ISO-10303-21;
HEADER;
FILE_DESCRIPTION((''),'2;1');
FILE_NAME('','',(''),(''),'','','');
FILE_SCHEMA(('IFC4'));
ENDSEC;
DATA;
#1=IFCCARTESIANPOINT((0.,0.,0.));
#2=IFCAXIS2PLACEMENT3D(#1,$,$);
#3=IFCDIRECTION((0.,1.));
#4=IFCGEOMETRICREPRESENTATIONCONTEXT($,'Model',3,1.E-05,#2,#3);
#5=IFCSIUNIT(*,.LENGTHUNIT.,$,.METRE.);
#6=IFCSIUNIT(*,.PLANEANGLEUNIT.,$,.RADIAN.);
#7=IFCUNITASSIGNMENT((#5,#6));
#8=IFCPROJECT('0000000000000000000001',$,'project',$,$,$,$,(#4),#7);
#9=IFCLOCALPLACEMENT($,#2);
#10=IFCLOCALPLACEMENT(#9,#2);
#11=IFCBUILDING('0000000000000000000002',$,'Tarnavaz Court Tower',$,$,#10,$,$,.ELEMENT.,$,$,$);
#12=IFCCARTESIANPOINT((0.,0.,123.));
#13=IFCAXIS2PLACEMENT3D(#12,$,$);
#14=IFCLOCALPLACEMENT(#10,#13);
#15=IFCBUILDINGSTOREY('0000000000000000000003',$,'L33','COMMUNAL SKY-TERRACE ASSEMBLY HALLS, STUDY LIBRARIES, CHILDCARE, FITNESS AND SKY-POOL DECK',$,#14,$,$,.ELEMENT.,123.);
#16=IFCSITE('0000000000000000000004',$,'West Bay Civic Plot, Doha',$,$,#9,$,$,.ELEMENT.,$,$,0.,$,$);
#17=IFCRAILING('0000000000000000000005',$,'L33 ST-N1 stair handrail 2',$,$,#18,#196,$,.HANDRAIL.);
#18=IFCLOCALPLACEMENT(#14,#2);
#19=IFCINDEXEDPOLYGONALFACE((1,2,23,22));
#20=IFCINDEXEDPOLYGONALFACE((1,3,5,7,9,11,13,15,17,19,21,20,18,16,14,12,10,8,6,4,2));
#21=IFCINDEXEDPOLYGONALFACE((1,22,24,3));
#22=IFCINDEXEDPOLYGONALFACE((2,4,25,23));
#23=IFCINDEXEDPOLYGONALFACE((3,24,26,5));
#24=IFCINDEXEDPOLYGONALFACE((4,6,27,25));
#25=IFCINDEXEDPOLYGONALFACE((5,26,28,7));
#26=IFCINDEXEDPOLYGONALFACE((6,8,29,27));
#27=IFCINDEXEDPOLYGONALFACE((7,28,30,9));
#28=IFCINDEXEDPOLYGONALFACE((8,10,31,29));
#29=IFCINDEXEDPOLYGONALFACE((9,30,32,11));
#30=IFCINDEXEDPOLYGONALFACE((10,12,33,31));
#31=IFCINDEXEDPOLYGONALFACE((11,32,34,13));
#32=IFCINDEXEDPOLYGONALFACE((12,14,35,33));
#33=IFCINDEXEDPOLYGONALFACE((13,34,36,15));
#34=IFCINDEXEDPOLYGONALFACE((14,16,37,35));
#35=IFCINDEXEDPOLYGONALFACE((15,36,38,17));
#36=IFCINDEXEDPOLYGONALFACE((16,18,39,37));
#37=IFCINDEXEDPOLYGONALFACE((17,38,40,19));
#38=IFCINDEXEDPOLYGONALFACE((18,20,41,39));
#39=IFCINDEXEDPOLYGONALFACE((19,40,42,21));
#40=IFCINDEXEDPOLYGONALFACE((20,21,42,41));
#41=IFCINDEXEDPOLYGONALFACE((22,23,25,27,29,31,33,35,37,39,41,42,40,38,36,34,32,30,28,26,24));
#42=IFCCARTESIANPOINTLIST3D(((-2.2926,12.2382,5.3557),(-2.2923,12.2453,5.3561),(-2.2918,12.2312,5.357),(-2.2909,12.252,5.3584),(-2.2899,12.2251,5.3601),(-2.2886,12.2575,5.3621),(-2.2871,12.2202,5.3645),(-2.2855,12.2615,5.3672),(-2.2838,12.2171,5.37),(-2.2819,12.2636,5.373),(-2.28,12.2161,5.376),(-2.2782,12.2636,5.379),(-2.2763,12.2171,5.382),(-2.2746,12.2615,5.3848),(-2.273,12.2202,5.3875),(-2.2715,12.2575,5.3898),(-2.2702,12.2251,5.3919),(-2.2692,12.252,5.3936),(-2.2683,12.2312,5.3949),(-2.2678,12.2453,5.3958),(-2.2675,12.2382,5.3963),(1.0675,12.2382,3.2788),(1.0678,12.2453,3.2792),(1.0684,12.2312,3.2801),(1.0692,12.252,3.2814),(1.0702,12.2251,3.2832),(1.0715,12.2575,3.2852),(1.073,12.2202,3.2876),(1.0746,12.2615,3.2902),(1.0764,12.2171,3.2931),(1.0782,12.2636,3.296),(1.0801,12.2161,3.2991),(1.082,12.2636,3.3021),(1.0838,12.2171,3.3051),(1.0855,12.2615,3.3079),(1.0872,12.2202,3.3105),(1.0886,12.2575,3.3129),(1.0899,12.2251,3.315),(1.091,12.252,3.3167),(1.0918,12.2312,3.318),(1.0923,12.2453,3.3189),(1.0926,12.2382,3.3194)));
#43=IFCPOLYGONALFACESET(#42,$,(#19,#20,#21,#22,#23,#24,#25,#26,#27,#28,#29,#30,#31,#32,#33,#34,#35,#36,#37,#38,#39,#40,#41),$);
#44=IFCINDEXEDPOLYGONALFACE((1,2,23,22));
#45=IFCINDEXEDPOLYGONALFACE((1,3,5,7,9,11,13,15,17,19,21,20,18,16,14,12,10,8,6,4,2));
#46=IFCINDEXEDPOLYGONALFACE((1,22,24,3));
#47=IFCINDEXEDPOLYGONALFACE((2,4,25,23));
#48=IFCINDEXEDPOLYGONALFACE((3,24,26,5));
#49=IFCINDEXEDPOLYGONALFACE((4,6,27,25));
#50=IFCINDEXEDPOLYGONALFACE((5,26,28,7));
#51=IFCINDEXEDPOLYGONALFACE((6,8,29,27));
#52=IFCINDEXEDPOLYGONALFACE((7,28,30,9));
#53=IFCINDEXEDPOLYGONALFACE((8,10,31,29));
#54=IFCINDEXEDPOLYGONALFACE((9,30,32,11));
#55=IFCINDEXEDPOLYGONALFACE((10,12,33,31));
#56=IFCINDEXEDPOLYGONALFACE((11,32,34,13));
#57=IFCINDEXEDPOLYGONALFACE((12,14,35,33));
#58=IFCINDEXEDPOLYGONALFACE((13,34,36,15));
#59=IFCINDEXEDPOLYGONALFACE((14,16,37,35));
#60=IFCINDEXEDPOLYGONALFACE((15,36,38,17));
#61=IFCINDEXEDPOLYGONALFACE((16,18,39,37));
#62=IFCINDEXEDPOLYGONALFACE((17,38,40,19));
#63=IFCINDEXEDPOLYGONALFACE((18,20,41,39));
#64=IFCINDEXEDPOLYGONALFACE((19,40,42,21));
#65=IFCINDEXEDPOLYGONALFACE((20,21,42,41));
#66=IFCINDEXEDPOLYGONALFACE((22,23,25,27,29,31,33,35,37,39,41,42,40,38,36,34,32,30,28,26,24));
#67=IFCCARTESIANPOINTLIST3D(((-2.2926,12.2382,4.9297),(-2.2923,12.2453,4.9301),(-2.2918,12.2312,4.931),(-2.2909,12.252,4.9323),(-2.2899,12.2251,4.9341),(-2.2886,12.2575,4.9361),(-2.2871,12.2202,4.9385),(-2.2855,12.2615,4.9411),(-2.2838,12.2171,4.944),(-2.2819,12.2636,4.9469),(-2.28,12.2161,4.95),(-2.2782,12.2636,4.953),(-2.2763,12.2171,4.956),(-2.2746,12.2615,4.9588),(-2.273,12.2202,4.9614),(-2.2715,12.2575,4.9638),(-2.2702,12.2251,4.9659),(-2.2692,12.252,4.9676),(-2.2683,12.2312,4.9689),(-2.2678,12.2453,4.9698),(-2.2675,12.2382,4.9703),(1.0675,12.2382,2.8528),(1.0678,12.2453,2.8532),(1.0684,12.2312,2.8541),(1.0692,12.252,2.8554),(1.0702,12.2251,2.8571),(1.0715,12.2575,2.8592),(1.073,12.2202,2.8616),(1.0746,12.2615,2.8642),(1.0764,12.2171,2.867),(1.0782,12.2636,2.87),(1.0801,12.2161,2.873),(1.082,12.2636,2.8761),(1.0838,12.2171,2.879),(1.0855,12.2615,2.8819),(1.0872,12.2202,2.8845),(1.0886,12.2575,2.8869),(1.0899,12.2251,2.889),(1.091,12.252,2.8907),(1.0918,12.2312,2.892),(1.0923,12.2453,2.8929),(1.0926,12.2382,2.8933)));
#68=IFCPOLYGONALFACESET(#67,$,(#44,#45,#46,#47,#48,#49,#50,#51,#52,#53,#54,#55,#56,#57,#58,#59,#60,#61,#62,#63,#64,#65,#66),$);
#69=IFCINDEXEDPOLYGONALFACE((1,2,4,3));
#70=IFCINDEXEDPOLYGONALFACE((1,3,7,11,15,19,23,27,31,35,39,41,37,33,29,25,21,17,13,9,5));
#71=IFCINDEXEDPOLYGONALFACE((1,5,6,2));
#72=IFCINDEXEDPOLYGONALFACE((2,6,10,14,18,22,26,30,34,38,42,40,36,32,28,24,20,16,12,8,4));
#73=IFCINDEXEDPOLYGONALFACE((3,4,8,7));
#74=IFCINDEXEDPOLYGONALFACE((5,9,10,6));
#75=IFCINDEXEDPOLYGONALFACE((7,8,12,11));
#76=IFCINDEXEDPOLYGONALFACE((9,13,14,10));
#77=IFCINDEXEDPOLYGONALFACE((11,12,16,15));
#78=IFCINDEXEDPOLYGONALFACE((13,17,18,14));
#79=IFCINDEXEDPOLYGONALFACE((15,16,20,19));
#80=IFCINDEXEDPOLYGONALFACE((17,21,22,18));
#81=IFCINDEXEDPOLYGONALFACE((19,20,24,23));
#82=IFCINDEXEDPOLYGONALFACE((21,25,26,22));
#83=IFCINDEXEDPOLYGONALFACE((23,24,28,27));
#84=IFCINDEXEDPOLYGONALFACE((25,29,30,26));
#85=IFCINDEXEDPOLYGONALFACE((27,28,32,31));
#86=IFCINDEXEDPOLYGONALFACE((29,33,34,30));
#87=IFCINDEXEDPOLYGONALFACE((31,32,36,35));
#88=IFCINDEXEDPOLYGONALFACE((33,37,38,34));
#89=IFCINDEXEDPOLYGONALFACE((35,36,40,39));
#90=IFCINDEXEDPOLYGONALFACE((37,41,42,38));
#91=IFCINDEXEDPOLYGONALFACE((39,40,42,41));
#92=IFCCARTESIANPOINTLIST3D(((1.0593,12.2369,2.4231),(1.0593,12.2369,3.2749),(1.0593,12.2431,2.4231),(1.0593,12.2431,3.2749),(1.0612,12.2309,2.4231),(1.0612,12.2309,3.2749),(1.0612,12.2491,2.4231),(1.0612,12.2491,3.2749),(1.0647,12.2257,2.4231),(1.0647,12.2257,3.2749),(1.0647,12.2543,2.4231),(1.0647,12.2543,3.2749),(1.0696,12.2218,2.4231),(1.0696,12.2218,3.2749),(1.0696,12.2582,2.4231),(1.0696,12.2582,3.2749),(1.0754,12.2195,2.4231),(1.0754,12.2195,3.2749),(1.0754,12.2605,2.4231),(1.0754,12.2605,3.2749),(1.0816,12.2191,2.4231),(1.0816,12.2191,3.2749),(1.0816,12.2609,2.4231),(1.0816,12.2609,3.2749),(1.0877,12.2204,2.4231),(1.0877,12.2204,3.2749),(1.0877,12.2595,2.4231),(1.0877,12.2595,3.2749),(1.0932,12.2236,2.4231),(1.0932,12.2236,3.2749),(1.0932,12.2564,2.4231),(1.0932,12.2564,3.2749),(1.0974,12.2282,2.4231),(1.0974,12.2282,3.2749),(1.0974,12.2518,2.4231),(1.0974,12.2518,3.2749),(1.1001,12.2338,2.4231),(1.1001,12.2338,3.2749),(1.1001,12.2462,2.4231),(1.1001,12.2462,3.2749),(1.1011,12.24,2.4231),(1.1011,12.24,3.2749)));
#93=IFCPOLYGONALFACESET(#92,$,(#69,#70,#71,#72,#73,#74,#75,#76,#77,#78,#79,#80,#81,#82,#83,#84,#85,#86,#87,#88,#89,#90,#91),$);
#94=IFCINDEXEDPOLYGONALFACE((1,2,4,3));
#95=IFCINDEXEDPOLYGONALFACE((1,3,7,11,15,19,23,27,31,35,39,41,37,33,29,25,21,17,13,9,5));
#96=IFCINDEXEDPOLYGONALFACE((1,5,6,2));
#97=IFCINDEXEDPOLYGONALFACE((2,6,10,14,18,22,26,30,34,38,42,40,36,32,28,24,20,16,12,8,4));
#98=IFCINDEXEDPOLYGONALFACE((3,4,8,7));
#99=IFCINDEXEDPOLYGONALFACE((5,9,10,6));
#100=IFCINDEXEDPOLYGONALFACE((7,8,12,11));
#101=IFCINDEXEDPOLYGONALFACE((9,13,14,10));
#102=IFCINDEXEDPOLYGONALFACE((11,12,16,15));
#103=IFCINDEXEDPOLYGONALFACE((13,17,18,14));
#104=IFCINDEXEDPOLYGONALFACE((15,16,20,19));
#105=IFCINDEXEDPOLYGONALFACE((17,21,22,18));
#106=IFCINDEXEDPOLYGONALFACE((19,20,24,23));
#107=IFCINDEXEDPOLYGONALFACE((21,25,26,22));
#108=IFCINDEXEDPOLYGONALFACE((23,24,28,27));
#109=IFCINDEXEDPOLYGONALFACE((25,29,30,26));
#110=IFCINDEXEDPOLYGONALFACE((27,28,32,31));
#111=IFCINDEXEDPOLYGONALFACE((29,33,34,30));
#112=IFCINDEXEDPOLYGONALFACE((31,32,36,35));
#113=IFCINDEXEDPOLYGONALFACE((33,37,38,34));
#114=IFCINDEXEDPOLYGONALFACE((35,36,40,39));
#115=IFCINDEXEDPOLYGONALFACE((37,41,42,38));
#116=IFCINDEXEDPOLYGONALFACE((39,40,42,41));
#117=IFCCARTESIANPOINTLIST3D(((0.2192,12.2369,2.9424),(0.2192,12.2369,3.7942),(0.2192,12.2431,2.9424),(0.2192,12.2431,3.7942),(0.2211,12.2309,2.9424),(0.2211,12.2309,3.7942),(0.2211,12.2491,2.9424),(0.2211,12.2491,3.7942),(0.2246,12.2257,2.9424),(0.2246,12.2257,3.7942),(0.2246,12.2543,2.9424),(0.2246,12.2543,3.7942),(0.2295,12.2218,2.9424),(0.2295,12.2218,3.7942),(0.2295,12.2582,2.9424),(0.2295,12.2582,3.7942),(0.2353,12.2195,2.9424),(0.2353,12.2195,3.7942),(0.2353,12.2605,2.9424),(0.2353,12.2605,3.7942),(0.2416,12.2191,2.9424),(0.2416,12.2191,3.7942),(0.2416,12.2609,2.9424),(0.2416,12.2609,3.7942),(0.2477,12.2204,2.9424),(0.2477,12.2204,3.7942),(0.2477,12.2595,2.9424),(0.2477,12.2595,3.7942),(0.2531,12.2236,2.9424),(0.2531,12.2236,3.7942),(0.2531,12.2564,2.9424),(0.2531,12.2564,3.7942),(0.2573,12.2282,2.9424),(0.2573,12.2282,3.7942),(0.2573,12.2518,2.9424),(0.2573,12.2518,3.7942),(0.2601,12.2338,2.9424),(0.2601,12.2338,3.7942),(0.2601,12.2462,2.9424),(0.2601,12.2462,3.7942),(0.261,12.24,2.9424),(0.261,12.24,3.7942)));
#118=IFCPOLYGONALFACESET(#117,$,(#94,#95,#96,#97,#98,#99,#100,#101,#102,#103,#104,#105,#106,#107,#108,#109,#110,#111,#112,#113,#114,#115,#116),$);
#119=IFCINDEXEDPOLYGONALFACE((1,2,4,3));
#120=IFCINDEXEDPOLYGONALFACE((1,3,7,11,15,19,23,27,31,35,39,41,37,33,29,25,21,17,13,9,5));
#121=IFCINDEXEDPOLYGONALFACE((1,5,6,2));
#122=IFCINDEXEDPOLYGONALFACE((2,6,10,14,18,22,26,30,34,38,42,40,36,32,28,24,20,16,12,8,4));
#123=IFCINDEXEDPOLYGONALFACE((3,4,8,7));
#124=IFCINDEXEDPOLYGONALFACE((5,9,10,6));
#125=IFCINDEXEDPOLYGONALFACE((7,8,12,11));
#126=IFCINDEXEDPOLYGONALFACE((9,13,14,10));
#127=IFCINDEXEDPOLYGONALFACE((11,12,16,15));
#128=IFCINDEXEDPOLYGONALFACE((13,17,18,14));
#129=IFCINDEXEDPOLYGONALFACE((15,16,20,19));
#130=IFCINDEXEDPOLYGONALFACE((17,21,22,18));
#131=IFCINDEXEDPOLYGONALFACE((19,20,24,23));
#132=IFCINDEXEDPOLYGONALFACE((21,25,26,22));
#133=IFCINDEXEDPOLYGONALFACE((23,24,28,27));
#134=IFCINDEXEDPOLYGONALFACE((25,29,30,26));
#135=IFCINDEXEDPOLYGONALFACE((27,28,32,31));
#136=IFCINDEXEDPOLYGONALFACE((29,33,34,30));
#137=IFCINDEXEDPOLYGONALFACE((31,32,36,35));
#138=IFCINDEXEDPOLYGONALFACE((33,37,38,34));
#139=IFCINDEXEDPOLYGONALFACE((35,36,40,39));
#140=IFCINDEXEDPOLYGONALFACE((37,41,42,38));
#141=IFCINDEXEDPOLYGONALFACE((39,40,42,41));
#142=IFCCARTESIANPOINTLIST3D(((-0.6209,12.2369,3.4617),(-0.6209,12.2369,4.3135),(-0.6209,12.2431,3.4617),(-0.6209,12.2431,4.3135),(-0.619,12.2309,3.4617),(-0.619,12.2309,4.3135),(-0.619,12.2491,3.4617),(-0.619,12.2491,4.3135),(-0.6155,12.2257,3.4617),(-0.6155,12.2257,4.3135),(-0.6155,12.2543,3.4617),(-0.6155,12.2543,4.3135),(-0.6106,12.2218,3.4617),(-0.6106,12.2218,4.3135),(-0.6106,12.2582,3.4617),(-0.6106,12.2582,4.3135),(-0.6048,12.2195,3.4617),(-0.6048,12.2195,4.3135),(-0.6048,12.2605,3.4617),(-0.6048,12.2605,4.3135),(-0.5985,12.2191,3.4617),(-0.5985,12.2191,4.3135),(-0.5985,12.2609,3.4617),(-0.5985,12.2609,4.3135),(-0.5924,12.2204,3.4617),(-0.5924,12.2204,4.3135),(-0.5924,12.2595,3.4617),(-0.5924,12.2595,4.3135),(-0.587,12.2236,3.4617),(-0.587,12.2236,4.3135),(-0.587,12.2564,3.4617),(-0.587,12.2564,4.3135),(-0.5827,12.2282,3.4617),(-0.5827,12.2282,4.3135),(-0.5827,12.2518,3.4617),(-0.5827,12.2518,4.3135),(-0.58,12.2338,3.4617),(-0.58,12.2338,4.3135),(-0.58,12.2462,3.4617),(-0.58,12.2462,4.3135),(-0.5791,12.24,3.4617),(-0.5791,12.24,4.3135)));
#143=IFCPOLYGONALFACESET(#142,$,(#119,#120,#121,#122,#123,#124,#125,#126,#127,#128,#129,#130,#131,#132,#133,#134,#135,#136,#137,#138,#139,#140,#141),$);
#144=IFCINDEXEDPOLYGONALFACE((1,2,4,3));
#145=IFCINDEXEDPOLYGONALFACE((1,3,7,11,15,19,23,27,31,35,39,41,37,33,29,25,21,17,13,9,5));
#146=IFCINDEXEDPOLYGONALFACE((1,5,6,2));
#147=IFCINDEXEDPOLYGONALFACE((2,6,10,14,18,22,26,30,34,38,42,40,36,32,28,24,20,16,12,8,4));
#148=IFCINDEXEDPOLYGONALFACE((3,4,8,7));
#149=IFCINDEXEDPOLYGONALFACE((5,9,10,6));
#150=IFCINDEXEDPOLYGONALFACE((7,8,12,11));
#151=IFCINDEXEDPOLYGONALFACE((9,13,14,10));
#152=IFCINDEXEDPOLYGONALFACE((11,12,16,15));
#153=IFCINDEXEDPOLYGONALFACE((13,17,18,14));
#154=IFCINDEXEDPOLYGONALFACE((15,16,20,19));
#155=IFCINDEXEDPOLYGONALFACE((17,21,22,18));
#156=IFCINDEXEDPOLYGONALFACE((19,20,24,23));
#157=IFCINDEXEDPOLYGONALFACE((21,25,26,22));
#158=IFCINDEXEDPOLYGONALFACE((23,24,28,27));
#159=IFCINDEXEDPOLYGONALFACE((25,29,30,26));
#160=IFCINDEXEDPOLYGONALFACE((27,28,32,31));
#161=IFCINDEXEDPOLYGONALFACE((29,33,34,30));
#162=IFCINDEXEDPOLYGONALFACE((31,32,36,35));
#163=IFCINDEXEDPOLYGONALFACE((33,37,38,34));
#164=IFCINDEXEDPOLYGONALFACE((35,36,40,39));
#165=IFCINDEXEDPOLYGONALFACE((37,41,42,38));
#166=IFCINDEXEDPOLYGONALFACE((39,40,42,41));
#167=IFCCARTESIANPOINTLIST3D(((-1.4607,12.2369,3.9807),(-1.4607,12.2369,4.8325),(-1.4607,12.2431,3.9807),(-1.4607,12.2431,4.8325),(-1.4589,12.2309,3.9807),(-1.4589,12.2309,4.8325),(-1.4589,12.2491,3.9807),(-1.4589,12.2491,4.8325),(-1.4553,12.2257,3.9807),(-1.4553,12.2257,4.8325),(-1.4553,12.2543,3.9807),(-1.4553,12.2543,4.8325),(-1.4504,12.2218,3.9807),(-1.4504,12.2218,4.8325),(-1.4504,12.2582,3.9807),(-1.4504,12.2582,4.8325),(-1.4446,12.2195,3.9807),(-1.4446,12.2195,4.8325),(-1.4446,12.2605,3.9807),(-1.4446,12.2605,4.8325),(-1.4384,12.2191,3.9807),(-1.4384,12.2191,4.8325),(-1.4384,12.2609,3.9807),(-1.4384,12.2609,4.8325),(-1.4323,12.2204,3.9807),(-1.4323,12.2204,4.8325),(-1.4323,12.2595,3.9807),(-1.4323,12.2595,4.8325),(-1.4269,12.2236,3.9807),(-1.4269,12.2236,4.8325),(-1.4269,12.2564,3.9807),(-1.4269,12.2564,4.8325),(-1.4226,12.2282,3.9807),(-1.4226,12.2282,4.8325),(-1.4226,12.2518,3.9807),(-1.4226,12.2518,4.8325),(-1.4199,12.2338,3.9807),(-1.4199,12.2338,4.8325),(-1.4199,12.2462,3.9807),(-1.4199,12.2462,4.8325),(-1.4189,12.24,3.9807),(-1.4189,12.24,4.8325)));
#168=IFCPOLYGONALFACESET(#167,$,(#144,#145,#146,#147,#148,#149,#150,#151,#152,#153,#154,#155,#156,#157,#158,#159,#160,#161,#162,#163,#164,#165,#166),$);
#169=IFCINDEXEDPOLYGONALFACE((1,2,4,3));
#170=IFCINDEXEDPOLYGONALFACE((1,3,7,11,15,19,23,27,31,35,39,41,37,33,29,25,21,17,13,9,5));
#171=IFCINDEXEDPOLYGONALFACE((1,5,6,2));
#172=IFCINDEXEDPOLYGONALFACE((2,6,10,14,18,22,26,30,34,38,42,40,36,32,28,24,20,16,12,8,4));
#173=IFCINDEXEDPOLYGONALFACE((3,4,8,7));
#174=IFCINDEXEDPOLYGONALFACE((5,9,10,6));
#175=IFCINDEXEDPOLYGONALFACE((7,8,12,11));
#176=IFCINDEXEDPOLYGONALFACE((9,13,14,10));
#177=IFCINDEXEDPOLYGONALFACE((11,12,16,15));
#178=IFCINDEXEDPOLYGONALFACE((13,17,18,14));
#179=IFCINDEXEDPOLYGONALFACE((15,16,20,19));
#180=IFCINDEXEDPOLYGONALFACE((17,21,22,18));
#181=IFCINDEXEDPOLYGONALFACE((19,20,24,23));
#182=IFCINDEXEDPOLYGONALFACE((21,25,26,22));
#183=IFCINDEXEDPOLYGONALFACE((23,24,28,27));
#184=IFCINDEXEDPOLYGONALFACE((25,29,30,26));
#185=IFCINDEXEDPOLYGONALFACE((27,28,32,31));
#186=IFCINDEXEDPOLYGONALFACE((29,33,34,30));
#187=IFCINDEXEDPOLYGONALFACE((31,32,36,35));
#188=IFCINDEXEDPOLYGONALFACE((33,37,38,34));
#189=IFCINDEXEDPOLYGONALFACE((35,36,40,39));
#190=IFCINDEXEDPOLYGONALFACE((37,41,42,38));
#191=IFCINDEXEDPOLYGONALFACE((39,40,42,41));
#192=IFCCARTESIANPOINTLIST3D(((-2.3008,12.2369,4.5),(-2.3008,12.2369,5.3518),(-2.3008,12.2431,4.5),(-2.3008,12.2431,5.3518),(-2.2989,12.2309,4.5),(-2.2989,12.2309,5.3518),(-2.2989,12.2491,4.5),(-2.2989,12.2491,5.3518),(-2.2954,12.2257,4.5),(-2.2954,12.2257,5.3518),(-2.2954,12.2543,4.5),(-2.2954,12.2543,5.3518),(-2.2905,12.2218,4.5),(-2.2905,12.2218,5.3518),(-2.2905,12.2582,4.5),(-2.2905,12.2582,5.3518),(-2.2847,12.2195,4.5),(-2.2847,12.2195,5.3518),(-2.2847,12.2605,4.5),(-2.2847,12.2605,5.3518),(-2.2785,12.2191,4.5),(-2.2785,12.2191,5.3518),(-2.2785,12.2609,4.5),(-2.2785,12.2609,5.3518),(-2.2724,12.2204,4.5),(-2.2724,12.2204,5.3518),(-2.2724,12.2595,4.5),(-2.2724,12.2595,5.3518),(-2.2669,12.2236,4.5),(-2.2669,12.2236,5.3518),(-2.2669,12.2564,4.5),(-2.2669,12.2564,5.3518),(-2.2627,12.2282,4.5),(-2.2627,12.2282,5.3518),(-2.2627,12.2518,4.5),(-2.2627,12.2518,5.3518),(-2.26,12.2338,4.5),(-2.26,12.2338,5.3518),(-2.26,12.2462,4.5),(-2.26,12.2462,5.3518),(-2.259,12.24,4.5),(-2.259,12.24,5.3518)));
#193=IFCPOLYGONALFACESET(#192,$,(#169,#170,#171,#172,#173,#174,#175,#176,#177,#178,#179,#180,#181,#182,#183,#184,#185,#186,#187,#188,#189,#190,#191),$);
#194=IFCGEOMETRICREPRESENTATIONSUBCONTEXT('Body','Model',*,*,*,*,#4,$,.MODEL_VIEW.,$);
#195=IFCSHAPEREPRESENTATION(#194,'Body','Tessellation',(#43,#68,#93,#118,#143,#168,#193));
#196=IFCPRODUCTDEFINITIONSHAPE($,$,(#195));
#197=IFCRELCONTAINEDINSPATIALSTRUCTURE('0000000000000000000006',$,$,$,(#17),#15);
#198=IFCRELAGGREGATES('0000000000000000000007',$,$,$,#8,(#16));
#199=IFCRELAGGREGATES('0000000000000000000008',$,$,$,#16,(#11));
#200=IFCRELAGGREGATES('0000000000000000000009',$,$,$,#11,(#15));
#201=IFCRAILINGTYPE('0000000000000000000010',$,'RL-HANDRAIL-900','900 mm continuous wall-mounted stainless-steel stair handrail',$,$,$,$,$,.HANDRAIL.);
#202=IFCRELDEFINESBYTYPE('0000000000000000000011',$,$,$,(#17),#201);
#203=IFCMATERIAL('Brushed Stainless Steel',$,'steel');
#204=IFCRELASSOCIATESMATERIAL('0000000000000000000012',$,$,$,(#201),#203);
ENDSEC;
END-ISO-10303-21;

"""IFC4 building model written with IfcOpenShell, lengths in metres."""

from ifc_helpers import new_model, si_unit, direction, frame, origin, origin_2d, place, context, subcontext, project, spatial, circle, extrude, material, type_object, element, save


model = new_model("IFC4")

# Units and contexts
model_context = context("Model", 3, precision=1e-05, world=origin(), true_north=direction((0.0, 1.0)))
body_context = subcontext(model_context, "Body", "Model", "MODEL_VIEW")
ifc_project = project(units=[si_unit("LENGTHUNIT", "METRE"), si_unit("PLANEANGLEUNIT", "RADIAN")], contexts=[model_context])

# Site, building, storey
site_placement = place(None, origin())
site = spatial("IfcSite", under=ifc_project, at=site_placement, Name="West Bay Civic Plot, Doha", CompositionType="ELEMENT", RefElevation=0.0)
building_placement = place(site_placement, origin())
building = spatial("IfcBuilding", under=site, at=building_placement, Name="Tarnavaz Court Tower", CompositionType="ELEMENT")
storey_placement = place(building_placement, frame((0.0, 0.0, 123.0)))
storey = spatial("IfcBuildingStorey", under=building, at=storey_placement, Name="L33", Description="COMMUNAL SKY-TERRACE ASSEMBLY HALLS, STUDY LIBRARIES, CHILDCARE, FITNESS AND SKY-POOL DECK", CompositionType="ELEMENT", Elevation=123.0)

# Railing
ifc_material_1 = material(Name="Brushed Stainless Steel", Category="steel")
railing_type_1 = type_object("IfcRailingType", Name="RL-HANDRAIL-900", Description="900 mm continuous wall-mounted stainless-steel stair handrail", PredefinedType="HANDRAIL", material=ifc_material_1)
railing_1_placement = place(storey_placement, frame((1.0801, 12.24, 2.4231)))
element("IfcRailing", 1, at=railing_1_placement, inside=storey, type_object=railing_type_1, Name="L33 ST-N1 stair handrail 2", PredefinedType="HANDRAIL", context=body_context, shape_type="SweptSolid", body=[
    extrude(circle(Radius=0.0239, at=origin_2d()), frame((0.0, 0.0, 0.876), z_axis=(-0.850623, 0.0, 0.525776), x_axis=(0.0, -1.0, 0.0)), (0.0, 0.0, 1.0), 3.9502),
    extrude(circle(Radius=0.0239, at=origin_2d()), frame((0.0, 0.0, 0.45), z_axis=(-0.850623, 0.0, 0.525776), x_axis=(0.0, -1.0, 0.0)), (0.0, 0.0, 1.0), 3.9502),
    extrude(circle(Radius=0.021, at=origin_2d()), origin(), (0.0, 0.0, 1.0), 0.8518),
    extrude(circle(Radius=0.021, at=origin_2d()), frame((-0.8401, 0.0, 0.5193)), (0.0, 0.0, 1.0), 0.8518),
    extrude(circle(Radius=0.021, at=origin_2d()), frame((-1.6802, 0.0, 1.0386)), (0.0, 0.0, 1.0), 0.8518),
    extrude(circle(Radius=0.021, at=origin_2d()), frame((-2.52, 0.0, 1.5576)), (0.0, 0.0, 1.0), 0.8518),
    extrude(circle(Radius=0.021, at=origin_2d()), frame((-3.3601, 0.0, 2.0769)), (0.0, 0.0, 1.0), 0.8518),
])

save(model, "model.ifc")
